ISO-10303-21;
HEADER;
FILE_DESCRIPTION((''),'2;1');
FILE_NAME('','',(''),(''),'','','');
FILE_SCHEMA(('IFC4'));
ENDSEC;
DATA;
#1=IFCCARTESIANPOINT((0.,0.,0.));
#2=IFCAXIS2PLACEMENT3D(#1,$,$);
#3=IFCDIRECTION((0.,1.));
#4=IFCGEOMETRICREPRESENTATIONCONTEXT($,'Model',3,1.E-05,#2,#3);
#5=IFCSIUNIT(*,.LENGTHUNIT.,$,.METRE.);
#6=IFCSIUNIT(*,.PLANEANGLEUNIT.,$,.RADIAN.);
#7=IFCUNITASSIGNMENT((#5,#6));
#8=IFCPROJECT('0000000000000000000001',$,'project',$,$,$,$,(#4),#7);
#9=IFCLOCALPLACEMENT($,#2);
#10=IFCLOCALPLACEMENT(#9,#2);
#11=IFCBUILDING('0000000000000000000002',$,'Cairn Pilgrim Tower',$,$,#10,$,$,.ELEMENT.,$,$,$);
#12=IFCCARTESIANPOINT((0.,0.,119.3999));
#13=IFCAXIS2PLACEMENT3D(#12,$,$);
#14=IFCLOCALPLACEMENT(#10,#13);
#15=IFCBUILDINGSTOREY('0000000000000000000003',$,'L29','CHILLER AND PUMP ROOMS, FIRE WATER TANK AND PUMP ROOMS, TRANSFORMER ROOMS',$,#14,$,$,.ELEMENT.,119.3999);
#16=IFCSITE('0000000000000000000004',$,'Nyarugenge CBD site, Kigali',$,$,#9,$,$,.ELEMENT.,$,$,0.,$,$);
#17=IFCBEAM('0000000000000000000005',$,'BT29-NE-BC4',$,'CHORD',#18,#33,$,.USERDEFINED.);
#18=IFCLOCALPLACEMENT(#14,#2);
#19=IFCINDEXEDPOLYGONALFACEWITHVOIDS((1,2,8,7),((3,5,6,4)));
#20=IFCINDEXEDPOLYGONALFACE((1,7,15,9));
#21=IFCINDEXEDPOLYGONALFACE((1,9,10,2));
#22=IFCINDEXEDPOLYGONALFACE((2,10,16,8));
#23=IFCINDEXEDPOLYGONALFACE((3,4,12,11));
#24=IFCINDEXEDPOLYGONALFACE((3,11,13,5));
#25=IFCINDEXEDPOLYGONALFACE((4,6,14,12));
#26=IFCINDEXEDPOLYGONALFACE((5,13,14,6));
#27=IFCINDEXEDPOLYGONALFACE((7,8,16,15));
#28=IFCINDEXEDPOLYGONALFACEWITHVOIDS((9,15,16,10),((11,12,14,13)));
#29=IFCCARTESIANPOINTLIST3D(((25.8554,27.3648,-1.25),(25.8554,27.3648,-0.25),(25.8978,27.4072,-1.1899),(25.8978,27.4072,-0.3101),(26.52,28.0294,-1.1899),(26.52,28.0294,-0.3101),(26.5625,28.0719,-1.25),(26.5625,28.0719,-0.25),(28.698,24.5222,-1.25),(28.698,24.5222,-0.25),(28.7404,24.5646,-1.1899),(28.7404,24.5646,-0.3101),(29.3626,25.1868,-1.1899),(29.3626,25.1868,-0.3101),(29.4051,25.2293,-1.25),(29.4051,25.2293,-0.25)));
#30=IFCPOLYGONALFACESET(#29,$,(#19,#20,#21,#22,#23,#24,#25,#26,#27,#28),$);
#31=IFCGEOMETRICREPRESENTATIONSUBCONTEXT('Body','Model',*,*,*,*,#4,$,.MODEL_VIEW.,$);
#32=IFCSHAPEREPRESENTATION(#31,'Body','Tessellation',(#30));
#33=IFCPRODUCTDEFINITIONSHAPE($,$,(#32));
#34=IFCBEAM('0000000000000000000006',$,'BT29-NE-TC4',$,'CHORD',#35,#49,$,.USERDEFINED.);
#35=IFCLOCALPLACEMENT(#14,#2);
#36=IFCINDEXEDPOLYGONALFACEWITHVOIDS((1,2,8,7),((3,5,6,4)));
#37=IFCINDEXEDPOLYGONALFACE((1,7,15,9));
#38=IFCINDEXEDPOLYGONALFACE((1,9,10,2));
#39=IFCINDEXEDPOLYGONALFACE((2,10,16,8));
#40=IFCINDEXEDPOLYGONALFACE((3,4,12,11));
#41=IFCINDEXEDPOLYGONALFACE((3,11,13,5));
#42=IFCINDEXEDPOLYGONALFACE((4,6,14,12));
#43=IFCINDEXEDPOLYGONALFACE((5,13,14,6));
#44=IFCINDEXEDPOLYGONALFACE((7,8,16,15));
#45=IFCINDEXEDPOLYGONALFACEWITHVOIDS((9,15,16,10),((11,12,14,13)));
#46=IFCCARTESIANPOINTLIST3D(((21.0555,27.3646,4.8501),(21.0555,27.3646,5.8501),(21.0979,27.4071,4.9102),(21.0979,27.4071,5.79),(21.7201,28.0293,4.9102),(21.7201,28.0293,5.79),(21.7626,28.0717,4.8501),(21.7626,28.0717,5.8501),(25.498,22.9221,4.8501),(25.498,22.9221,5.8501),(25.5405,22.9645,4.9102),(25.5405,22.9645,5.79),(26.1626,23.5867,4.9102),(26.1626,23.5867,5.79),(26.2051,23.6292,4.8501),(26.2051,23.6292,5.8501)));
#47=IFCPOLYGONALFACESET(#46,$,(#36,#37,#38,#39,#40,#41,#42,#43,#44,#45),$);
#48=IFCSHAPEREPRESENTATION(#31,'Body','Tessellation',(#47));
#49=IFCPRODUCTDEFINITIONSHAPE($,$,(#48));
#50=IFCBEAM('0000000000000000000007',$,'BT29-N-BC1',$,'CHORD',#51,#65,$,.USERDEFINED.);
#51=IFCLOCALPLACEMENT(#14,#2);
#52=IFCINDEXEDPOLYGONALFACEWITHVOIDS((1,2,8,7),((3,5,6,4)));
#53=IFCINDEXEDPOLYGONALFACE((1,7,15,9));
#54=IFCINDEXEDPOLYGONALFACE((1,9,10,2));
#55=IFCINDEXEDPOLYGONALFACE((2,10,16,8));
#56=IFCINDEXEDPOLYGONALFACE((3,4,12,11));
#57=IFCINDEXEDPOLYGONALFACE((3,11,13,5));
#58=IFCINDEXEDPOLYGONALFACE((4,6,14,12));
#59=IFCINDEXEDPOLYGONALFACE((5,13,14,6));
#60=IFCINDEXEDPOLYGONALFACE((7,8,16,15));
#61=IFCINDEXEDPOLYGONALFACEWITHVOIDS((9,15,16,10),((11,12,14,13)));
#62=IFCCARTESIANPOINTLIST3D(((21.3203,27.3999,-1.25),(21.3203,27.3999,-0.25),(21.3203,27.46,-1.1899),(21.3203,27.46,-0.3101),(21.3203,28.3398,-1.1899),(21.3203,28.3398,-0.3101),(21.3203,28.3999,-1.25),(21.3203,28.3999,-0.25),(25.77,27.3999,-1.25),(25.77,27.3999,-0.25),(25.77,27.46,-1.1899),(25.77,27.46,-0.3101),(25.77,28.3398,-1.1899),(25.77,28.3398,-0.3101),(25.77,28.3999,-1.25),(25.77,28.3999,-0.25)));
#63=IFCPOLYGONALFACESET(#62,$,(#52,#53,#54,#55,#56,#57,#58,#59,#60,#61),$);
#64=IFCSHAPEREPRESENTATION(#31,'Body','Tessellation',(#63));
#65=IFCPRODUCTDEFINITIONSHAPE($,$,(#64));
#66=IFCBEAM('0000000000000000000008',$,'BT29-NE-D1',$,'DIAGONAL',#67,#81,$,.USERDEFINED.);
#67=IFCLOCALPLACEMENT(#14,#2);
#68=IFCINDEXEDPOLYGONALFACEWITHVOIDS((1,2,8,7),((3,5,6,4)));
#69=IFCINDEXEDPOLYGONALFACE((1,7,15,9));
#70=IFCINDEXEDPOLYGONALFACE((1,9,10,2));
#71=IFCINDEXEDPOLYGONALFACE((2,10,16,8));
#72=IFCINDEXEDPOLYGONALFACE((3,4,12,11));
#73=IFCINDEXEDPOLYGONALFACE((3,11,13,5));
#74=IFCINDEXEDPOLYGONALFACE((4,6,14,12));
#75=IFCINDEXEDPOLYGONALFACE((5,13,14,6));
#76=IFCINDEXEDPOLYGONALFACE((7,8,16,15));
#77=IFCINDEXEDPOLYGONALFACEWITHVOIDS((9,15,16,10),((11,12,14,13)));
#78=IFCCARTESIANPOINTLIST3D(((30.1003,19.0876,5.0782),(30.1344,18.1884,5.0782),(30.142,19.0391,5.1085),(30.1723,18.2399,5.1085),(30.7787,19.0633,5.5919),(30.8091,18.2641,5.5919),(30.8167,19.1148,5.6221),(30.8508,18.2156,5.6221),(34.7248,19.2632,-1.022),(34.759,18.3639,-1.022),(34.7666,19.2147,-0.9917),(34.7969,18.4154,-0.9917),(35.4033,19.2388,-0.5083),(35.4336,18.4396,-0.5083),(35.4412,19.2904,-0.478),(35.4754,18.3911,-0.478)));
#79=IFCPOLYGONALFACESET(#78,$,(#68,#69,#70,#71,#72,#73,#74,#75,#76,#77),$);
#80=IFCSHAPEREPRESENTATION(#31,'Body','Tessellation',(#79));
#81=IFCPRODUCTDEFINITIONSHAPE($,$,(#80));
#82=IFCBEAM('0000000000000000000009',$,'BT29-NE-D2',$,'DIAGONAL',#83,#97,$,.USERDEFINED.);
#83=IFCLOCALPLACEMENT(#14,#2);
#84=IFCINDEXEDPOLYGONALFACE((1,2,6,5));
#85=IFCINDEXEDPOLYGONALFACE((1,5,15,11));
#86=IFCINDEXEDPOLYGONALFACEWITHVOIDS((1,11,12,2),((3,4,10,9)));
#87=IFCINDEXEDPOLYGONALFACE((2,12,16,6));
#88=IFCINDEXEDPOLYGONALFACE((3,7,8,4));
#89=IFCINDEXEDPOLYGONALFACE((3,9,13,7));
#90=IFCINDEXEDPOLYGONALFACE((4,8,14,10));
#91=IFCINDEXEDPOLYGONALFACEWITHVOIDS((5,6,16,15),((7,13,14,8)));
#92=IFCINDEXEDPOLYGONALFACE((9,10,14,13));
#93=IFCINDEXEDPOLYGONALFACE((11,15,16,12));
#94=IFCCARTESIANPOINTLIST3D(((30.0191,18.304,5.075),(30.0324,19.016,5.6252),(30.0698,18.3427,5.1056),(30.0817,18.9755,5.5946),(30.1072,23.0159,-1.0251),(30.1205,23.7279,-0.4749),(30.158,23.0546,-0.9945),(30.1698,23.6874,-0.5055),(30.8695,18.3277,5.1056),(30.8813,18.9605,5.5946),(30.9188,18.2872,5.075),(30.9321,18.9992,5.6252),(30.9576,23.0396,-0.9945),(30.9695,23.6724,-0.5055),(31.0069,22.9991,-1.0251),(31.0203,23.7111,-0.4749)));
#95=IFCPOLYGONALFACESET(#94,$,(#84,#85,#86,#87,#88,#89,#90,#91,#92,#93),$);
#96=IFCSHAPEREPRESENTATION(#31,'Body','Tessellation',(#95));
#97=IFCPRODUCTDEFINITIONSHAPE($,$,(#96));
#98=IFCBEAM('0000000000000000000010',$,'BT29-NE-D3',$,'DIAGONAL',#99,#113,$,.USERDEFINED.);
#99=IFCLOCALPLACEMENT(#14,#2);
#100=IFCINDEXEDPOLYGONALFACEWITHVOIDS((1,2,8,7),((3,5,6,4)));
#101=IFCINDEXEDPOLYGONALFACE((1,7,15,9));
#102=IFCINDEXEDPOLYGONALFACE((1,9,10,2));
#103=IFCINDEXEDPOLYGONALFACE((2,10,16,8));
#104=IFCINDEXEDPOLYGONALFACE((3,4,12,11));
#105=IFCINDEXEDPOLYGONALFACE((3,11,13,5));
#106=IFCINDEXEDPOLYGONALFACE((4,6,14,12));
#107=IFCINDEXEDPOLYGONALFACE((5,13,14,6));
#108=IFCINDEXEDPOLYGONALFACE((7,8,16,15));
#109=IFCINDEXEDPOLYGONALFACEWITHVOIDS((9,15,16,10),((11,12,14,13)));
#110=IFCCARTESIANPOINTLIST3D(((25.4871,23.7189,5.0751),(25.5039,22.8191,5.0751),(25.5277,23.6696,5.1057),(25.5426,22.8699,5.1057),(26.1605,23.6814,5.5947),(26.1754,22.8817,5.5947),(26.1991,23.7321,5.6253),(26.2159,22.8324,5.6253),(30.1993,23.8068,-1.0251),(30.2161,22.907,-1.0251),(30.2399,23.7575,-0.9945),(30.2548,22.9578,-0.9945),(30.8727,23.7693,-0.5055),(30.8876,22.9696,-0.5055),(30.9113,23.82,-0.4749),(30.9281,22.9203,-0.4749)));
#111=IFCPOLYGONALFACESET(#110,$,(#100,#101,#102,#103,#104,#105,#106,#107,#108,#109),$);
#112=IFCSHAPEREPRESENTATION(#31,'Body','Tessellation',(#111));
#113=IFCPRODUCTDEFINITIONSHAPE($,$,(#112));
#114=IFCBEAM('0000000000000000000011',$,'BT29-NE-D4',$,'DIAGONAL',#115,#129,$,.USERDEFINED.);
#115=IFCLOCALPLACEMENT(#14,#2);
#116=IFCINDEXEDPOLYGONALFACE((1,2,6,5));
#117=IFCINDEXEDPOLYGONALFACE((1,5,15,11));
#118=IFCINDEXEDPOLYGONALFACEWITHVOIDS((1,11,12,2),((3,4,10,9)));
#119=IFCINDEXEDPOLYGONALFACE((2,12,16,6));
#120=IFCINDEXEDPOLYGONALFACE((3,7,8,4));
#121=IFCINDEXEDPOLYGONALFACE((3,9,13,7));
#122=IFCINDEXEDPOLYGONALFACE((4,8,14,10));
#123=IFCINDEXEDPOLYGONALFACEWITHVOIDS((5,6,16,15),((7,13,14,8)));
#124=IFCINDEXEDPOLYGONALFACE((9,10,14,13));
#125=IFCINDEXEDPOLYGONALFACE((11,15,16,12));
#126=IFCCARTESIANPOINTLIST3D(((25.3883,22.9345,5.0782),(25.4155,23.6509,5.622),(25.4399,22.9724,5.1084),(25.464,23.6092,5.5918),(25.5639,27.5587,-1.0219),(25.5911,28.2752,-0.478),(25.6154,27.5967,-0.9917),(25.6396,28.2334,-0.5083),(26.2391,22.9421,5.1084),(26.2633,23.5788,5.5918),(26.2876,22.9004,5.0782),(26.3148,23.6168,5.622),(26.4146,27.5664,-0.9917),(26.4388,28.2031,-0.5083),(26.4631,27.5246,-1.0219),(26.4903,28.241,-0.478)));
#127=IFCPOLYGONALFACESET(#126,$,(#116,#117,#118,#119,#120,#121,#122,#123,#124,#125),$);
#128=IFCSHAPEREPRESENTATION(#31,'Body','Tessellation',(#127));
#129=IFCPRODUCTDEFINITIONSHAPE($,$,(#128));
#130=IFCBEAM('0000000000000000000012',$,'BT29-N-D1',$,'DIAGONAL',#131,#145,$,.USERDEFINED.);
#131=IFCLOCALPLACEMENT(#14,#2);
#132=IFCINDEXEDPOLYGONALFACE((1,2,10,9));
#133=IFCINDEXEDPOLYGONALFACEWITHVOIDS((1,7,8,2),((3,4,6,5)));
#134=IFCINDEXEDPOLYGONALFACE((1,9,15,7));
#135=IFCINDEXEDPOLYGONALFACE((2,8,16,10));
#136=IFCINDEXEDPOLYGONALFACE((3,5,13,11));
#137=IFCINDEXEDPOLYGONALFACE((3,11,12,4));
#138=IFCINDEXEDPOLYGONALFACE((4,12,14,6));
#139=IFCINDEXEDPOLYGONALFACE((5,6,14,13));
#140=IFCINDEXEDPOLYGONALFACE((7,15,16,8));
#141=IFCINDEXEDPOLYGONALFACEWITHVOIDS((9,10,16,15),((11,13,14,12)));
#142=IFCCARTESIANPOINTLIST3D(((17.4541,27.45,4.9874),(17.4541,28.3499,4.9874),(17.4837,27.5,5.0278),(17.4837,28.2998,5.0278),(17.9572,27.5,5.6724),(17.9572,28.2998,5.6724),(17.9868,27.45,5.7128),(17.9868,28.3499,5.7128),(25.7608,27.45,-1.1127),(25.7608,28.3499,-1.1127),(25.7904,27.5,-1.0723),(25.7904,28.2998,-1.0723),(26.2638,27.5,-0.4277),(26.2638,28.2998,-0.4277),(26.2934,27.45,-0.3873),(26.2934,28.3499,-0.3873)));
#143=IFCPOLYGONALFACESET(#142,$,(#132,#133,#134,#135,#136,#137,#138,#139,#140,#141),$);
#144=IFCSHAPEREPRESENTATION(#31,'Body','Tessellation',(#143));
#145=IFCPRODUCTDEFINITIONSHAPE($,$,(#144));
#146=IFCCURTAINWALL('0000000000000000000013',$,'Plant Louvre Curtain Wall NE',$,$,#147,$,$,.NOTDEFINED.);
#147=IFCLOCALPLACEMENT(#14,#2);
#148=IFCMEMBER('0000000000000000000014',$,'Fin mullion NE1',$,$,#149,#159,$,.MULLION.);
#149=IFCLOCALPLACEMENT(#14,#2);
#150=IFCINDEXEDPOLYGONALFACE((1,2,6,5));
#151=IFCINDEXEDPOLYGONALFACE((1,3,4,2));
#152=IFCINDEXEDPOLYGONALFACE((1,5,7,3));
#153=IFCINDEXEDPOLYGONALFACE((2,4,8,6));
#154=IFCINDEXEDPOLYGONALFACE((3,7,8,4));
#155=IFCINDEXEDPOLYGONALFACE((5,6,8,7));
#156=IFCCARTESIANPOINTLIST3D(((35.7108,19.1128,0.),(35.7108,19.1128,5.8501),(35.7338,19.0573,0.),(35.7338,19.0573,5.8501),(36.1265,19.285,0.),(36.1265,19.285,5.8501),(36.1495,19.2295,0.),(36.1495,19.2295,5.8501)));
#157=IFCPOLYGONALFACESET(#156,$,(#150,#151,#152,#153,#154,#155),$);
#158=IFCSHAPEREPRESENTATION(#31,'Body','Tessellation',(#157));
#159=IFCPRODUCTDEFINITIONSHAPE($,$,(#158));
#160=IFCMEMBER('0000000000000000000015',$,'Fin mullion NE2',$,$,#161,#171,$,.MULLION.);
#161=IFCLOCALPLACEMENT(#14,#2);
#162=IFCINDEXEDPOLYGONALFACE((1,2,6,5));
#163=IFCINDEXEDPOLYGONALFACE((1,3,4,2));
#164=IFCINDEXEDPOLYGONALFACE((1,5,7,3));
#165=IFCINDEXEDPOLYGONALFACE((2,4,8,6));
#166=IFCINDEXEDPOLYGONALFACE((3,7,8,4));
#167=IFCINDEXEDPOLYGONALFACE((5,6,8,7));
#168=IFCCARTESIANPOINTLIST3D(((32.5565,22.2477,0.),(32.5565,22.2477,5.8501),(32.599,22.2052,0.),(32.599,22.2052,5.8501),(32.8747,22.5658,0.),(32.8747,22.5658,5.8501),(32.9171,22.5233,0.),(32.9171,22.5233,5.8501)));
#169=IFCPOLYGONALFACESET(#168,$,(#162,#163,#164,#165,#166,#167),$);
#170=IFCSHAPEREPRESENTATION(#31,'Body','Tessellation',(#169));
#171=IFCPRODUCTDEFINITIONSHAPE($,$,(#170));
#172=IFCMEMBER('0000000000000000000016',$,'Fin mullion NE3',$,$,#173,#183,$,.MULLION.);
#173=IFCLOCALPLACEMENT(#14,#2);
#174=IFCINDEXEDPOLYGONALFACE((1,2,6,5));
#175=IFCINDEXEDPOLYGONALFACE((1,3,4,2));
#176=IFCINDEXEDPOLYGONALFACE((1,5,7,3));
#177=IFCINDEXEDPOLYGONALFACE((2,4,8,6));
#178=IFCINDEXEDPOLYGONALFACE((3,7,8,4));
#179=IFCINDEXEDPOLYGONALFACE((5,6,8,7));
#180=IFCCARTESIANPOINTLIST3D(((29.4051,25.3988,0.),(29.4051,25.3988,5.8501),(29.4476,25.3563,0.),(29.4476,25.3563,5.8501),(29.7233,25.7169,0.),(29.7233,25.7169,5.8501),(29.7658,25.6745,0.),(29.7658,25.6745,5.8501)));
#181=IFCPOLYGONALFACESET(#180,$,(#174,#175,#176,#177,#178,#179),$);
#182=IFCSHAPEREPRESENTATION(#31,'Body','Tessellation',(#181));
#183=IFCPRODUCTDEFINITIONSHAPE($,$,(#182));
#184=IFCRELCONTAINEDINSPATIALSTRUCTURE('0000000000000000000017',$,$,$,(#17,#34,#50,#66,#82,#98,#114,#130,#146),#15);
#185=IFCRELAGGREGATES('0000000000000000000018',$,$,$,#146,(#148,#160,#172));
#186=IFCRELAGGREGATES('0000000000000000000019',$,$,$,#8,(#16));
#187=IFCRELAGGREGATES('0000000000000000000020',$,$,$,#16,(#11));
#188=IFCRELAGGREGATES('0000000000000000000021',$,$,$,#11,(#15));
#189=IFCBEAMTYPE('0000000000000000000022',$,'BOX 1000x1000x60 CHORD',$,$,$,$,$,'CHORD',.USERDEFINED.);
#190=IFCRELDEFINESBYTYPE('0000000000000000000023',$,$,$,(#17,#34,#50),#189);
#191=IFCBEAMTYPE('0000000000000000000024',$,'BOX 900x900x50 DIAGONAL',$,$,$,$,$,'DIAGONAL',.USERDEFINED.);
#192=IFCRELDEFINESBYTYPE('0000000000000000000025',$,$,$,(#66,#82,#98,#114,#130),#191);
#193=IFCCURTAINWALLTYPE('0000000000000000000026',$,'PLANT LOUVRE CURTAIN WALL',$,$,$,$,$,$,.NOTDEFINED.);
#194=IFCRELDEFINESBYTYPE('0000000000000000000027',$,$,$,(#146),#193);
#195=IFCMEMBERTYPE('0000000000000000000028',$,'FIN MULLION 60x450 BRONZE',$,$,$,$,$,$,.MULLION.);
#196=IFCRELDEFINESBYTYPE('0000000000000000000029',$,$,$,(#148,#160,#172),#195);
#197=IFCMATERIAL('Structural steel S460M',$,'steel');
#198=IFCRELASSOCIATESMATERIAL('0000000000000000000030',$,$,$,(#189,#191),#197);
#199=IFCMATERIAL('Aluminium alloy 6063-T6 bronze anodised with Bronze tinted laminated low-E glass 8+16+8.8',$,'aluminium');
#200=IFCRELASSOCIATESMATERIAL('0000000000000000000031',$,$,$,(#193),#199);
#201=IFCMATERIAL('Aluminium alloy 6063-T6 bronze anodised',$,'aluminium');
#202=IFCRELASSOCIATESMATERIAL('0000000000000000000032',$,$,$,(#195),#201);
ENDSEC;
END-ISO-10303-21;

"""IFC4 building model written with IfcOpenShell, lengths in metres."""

from ifc_helpers import new_model, si_unit, direction, frame, origin, origin_2d, place, context, subcontext, project, spatial, rectangle, hollow_rectangle, extrude, material, material_profile, profile_set, type_object, element, aggregate, save


model = new_model("IFC4")

# Units and contexts
model_context = context("Model", 3, precision=1e-05, world=origin(), true_north=direction((0.0, 1.0)))
body_context = subcontext(model_context, "Body", "Model", "MODEL_VIEW")
ifc_project = project(units=[si_unit("LENGTHUNIT", "METRE"), si_unit("PLANEANGLEUNIT", "RADIAN")], contexts=[model_context])

# Site, building, storey
site_placement = place(None, origin())
site = spatial("IfcSite", under=ifc_project, at=site_placement, Name="Nyarugenge CBD site, Kigali", CompositionType="ELEMENT", RefElevation=0.0)
building_placement = place(site_placement, origin())
building = spatial("IfcBuilding", under=site, at=building_placement, Name="Cairn Pilgrim Tower", CompositionType="ELEMENT")
storey_placement = place(building_placement, frame((0.0, 0.0, 119.3999)))
storey = spatial("IfcBuildingStorey", under=building, at=storey_placement, Name="L29", Description="CHILLER AND PUMP ROOMS, FIRE WATER TANK AND PUMP ROOMS, TRANSFORMER ROOMS", CompositionType="ELEMENT", Elevation=119.3999)

# Shared definitions
ifc_material_1 = material(Name="Structural steel S460M", Category="steel")

# Beams
ifc_material_profile_1 = material_profile(ifc_material_1, hollow_rectangle(XDim=1.0, YDim=1.0, WallThickness=0.0601, at=origin_2d()), Name="BOX 1000x1000x60")
ifc_profile_set_1 = profile_set([ifc_material_profile_1], Name="Structural steel S460M")
beam_type_1 = type_object("IfcBeamType", Name="BOX 1000x1000x60 CHORD", ElementType="CHORD", PredefinedType="USERDEFINED", material=ifc_profile_set_1)
beam_1_placement = place(storey_placement, frame((29.0515, 24.8757, -0.75), z_axis=(-0.707107, 0.707107, 0.0), x_axis=(-0.707107, -0.707107, 0.0)))
element("IfcBeam", 1, at=beam_1_placement, inside=storey, type_object=beam_type_1, Name="BT29-NE-BC4", ObjectType="CHORD", PredefinedType="USERDEFINED", context=body_context, shape_type="SweptSolid", body=[
    extrude(hollow_rectangle(XDim=1.0, YDim=1.0, WallThickness=0.0601, at=origin_2d()), origin(), (0.0, 0.0, 1.0), 4.02),
])
beam_2_placement = place(storey_placement, frame((25.8516, 23.2756, 5.3501), z_axis=(-0.707107, 0.707107, 0.0), x_axis=(-0.707107, -0.707107, 0.0)))
element("IfcBeam", 2, at=beam_2_placement, inside=storey, type_object=beam_type_1, Name="BT29-NE-TC4", ObjectType="CHORD", PredefinedType="USERDEFINED", context=body_context, shape_type="SweptSolid", body=[
    extrude(hollow_rectangle(XDim=1.0, YDim=1.0, WallThickness=0.0601, at=origin_2d()), origin(), (0.0, 0.0, 1.0), 6.2827),
])
beam_3_placement = place(storey_placement, frame((25.77, 27.8999, -0.75), z_axis=(-1.0, 0.0, 0.0), x_axis=(0.0, -1.0, 0.0)))
element("IfcBeam", 3, at=beam_3_placement, inside=storey, type_object=beam_type_1, Name="BT29-N-BC1", ObjectType="CHORD", PredefinedType="USERDEFINED", context=body_context, shape_type="SweptSolid", body=[
    extrude(hollow_rectangle(XDim=1.0, YDim=1.0, WallThickness=0.0601, at=origin_2d()), origin(), (0.0, 0.0, 1.0), 4.4497),
])
ifc_material_profile_2 = material_profile(ifc_material_1, hollow_rectangle(XDim=0.8999, YDim=0.8999, WallThickness=0.05, at=origin_2d()), Name="BOX 900x900x50")
ifc_profile_set_2 = profile_set([ifc_material_profile_2], Name="Structural steel S460M")
beam_type_2 = type_object("IfcBeamType", Name="BOX 900x900x50 DIAGONAL", ElementType="DIAGONAL", PredefinedType="USERDEFINED", material=ifc_profile_set_2)
beam_4_placement = place(storey_placement, frame((35.1001, 18.8271, -0.75), z_axis=(-0.603967, -0.022925, 0.79668), x_axis=(0.037931, -0.99928, 0.0)))
element("IfcBeam", 4, at=beam_4_placement, inside=storey, type_object=beam_type_2, Name="BT29-NE-D1", ObjectType="DIAGONAL", PredefinedType="USERDEFINED", context=body_context, shape_type="SweptSolid", body=[
    extrude(hollow_rectangle(XDim=0.8999, YDim=0.8999, WallThickness=0.05, at=origin_2d()), origin(), (0.0, 0.0, 1.0), 7.657),
])
beam_5_placement = place(storey_placement, frame((30.4756, 18.6516, 5.3501), z_axis=(0.011433, 0.611261, -0.791346), x_axis=(-0.999825, 0.018701, 0.0)))
element("IfcBeam", 5, at=beam_5_placement, inside=storey, type_object=beam_type_2, Name="BT29-NE-D2", ObjectType="DIAGONAL", PredefinedType="USERDEFINED", context=body_context, shape_type="SweptSolid", body=[
    extrude(hollow_rectangle(XDim=0.8999, YDim=0.8999, WallThickness=0.05, at=origin_2d()), origin(), (0.0, 0.0, 1.0), 7.7085),
])
beam_6_placement = place(storey_placement, frame((30.5637, 23.3635, -0.75), z_axis=(-0.611282, -0.011402, 0.791331), x_axis=(0.018649, -0.999826, 0.0)))
element("IfcBeam", 6, at=beam_6_placement, inside=storey, type_object=beam_type_2, Name="BT29-NE-D3", ObjectType="DIAGONAL", PredefinedType="USERDEFINED", context=body_context, shape_type="SweptSolid", body=[
    extrude(hollow_rectangle(XDim=0.8999, YDim=0.8999, WallThickness=0.05, at=origin_2d()), origin(), (0.0, 0.0, 1.0), 7.7087),
])
beam_7_placement = place(storey_placement, frame((25.8516, 23.2756, 5.3501), z_axis=(0.022926, 0.603946, -0.796695), x_axis=(-0.99928, 0.037933, 0.0)))
element("IfcBeam", 7, at=beam_7_placement, inside=storey, type_object=beam_type_2, Name="BT29-NE-D4", ObjectType="DIAGONAL", PredefinedType="USERDEFINED", context=body_context, shape_type="SweptSolid", body=[
    extrude(hollow_rectangle(XDim=0.8999, YDim=0.8999, WallThickness=0.05, at=origin_2d()), origin(), (0.0, 0.0, 1.0), 7.6567),
])
beam_8_placement = place(storey_placement, frame((26.0271, 27.8999, -0.75), z_axis=(-0.806009, 0.0, 0.591904), x_axis=(0.0, -1.0, 0.0)))
element("IfcBeam", 8, at=beam_8_placement, inside=storey, type_object=beam_type_2, Name="BT29-N-D1", ObjectType="DIAGONAL", PredefinedType="USERDEFINED", context=body_context, shape_type="SweptSolid", body=[
    extrude(hollow_rectangle(XDim=0.8999, YDim=0.8999, WallThickness=0.05, at=origin_2d()), origin(), (0.0, 0.0, 1.0), 10.3059),
])

# Curtain wall, members
ifc_material_2 = material(Name="Aluminium alloy 6063-T6 bronze anodised with Bronze tinted laminated low-E glass 8+16+8.8", Category="aluminium")
curtain_wall_type = type_object("IfcCurtainWallType", Name="PLANT LOUVRE CURTAIN WALL", PredefinedType="NOTDEFINED", material=ifc_material_2)
curtain_wall_1_placement = place(storey_placement, origin())
curtain_wall_1 = element("IfcCurtainWall", 9, at=curtain_wall_1_placement, inside=storey, type_object=curtain_wall_type, Name="Plant Louvre Curtain Wall NE", PredefinedType="NOTDEFINED")
ifc_material_3 = material(Name="Aluminium alloy 6063-T6 bronze anodised", Category="aluminium")
ifc_material_profile_3 = material_profile(ifc_material_3, rectangle(XDim=0.45, YDim=0.0601, at=origin_2d()), Name="FIN MULLION 60x450 BRONZE")
ifc_profile_set_3 = profile_set([ifc_material_profile_3], Name="Aluminium alloy 6063-T6 bronze anodised")
member_type_1 = type_object("IfcMemberType", Name="FIN MULLION 60x450 BRONZE", PredefinedType="MULLION", material=ifc_profile_set_3)
member_1_placement = place(storey_placement, frame((35.9302, 19.1711, 0.0), z_axis=(0.0, 0.0, 1.0), x_axis=(0.92388, 0.382683, 0.0)))
member_1 = element("IfcMember", 10, at=member_1_placement, type_object=member_type_1, Name="Fin mullion NE1", PredefinedType="MULLION", context=body_context, shape_type="SweptSolid", body=[
    extrude(rectangle(XDim=0.45, YDim=0.0601, at=origin_2d()), origin(), (0.0, 0.0, 1.0), 5.8501),
])
member_2_placement = place(storey_placement, frame((32.7368, 22.3855, 0.0), z_axis=(0.0, 0.0, 1.0), x_axis=(0.707107, 0.707107, 0.0)))
member_2 = element("IfcMember", 11, at=member_2_placement, type_object=member_type_1, Name="Fin mullion NE2", PredefinedType="MULLION", context=body_context, shape_type="SweptSolid", body=[
    extrude(rectangle(XDim=0.45, YDim=0.0601, at=origin_2d()), origin(), (0.0, 0.0, 1.0), 5.8501),
])
member_3_placement = place(storey_placement, frame((29.5854, 25.5366, 0.0), z_axis=(0.0, 0.0, 1.0), x_axis=(0.707107, 0.707107, 0.0)))
member_3 = element("IfcMember", 12, at=member_3_placement, type_object=member_type_1, Name="Fin mullion NE3", PredefinedType="MULLION", context=body_context, shape_type="SweptSolid", body=[
    extrude(rectangle(XDim=0.45, YDim=0.0601, at=origin_2d()), origin(), (0.0, 0.0, 1.0), 5.8501),
])

aggregate(curtain_wall_1, [member_1, member_2, member_3])

save(model, "model.ifc")
